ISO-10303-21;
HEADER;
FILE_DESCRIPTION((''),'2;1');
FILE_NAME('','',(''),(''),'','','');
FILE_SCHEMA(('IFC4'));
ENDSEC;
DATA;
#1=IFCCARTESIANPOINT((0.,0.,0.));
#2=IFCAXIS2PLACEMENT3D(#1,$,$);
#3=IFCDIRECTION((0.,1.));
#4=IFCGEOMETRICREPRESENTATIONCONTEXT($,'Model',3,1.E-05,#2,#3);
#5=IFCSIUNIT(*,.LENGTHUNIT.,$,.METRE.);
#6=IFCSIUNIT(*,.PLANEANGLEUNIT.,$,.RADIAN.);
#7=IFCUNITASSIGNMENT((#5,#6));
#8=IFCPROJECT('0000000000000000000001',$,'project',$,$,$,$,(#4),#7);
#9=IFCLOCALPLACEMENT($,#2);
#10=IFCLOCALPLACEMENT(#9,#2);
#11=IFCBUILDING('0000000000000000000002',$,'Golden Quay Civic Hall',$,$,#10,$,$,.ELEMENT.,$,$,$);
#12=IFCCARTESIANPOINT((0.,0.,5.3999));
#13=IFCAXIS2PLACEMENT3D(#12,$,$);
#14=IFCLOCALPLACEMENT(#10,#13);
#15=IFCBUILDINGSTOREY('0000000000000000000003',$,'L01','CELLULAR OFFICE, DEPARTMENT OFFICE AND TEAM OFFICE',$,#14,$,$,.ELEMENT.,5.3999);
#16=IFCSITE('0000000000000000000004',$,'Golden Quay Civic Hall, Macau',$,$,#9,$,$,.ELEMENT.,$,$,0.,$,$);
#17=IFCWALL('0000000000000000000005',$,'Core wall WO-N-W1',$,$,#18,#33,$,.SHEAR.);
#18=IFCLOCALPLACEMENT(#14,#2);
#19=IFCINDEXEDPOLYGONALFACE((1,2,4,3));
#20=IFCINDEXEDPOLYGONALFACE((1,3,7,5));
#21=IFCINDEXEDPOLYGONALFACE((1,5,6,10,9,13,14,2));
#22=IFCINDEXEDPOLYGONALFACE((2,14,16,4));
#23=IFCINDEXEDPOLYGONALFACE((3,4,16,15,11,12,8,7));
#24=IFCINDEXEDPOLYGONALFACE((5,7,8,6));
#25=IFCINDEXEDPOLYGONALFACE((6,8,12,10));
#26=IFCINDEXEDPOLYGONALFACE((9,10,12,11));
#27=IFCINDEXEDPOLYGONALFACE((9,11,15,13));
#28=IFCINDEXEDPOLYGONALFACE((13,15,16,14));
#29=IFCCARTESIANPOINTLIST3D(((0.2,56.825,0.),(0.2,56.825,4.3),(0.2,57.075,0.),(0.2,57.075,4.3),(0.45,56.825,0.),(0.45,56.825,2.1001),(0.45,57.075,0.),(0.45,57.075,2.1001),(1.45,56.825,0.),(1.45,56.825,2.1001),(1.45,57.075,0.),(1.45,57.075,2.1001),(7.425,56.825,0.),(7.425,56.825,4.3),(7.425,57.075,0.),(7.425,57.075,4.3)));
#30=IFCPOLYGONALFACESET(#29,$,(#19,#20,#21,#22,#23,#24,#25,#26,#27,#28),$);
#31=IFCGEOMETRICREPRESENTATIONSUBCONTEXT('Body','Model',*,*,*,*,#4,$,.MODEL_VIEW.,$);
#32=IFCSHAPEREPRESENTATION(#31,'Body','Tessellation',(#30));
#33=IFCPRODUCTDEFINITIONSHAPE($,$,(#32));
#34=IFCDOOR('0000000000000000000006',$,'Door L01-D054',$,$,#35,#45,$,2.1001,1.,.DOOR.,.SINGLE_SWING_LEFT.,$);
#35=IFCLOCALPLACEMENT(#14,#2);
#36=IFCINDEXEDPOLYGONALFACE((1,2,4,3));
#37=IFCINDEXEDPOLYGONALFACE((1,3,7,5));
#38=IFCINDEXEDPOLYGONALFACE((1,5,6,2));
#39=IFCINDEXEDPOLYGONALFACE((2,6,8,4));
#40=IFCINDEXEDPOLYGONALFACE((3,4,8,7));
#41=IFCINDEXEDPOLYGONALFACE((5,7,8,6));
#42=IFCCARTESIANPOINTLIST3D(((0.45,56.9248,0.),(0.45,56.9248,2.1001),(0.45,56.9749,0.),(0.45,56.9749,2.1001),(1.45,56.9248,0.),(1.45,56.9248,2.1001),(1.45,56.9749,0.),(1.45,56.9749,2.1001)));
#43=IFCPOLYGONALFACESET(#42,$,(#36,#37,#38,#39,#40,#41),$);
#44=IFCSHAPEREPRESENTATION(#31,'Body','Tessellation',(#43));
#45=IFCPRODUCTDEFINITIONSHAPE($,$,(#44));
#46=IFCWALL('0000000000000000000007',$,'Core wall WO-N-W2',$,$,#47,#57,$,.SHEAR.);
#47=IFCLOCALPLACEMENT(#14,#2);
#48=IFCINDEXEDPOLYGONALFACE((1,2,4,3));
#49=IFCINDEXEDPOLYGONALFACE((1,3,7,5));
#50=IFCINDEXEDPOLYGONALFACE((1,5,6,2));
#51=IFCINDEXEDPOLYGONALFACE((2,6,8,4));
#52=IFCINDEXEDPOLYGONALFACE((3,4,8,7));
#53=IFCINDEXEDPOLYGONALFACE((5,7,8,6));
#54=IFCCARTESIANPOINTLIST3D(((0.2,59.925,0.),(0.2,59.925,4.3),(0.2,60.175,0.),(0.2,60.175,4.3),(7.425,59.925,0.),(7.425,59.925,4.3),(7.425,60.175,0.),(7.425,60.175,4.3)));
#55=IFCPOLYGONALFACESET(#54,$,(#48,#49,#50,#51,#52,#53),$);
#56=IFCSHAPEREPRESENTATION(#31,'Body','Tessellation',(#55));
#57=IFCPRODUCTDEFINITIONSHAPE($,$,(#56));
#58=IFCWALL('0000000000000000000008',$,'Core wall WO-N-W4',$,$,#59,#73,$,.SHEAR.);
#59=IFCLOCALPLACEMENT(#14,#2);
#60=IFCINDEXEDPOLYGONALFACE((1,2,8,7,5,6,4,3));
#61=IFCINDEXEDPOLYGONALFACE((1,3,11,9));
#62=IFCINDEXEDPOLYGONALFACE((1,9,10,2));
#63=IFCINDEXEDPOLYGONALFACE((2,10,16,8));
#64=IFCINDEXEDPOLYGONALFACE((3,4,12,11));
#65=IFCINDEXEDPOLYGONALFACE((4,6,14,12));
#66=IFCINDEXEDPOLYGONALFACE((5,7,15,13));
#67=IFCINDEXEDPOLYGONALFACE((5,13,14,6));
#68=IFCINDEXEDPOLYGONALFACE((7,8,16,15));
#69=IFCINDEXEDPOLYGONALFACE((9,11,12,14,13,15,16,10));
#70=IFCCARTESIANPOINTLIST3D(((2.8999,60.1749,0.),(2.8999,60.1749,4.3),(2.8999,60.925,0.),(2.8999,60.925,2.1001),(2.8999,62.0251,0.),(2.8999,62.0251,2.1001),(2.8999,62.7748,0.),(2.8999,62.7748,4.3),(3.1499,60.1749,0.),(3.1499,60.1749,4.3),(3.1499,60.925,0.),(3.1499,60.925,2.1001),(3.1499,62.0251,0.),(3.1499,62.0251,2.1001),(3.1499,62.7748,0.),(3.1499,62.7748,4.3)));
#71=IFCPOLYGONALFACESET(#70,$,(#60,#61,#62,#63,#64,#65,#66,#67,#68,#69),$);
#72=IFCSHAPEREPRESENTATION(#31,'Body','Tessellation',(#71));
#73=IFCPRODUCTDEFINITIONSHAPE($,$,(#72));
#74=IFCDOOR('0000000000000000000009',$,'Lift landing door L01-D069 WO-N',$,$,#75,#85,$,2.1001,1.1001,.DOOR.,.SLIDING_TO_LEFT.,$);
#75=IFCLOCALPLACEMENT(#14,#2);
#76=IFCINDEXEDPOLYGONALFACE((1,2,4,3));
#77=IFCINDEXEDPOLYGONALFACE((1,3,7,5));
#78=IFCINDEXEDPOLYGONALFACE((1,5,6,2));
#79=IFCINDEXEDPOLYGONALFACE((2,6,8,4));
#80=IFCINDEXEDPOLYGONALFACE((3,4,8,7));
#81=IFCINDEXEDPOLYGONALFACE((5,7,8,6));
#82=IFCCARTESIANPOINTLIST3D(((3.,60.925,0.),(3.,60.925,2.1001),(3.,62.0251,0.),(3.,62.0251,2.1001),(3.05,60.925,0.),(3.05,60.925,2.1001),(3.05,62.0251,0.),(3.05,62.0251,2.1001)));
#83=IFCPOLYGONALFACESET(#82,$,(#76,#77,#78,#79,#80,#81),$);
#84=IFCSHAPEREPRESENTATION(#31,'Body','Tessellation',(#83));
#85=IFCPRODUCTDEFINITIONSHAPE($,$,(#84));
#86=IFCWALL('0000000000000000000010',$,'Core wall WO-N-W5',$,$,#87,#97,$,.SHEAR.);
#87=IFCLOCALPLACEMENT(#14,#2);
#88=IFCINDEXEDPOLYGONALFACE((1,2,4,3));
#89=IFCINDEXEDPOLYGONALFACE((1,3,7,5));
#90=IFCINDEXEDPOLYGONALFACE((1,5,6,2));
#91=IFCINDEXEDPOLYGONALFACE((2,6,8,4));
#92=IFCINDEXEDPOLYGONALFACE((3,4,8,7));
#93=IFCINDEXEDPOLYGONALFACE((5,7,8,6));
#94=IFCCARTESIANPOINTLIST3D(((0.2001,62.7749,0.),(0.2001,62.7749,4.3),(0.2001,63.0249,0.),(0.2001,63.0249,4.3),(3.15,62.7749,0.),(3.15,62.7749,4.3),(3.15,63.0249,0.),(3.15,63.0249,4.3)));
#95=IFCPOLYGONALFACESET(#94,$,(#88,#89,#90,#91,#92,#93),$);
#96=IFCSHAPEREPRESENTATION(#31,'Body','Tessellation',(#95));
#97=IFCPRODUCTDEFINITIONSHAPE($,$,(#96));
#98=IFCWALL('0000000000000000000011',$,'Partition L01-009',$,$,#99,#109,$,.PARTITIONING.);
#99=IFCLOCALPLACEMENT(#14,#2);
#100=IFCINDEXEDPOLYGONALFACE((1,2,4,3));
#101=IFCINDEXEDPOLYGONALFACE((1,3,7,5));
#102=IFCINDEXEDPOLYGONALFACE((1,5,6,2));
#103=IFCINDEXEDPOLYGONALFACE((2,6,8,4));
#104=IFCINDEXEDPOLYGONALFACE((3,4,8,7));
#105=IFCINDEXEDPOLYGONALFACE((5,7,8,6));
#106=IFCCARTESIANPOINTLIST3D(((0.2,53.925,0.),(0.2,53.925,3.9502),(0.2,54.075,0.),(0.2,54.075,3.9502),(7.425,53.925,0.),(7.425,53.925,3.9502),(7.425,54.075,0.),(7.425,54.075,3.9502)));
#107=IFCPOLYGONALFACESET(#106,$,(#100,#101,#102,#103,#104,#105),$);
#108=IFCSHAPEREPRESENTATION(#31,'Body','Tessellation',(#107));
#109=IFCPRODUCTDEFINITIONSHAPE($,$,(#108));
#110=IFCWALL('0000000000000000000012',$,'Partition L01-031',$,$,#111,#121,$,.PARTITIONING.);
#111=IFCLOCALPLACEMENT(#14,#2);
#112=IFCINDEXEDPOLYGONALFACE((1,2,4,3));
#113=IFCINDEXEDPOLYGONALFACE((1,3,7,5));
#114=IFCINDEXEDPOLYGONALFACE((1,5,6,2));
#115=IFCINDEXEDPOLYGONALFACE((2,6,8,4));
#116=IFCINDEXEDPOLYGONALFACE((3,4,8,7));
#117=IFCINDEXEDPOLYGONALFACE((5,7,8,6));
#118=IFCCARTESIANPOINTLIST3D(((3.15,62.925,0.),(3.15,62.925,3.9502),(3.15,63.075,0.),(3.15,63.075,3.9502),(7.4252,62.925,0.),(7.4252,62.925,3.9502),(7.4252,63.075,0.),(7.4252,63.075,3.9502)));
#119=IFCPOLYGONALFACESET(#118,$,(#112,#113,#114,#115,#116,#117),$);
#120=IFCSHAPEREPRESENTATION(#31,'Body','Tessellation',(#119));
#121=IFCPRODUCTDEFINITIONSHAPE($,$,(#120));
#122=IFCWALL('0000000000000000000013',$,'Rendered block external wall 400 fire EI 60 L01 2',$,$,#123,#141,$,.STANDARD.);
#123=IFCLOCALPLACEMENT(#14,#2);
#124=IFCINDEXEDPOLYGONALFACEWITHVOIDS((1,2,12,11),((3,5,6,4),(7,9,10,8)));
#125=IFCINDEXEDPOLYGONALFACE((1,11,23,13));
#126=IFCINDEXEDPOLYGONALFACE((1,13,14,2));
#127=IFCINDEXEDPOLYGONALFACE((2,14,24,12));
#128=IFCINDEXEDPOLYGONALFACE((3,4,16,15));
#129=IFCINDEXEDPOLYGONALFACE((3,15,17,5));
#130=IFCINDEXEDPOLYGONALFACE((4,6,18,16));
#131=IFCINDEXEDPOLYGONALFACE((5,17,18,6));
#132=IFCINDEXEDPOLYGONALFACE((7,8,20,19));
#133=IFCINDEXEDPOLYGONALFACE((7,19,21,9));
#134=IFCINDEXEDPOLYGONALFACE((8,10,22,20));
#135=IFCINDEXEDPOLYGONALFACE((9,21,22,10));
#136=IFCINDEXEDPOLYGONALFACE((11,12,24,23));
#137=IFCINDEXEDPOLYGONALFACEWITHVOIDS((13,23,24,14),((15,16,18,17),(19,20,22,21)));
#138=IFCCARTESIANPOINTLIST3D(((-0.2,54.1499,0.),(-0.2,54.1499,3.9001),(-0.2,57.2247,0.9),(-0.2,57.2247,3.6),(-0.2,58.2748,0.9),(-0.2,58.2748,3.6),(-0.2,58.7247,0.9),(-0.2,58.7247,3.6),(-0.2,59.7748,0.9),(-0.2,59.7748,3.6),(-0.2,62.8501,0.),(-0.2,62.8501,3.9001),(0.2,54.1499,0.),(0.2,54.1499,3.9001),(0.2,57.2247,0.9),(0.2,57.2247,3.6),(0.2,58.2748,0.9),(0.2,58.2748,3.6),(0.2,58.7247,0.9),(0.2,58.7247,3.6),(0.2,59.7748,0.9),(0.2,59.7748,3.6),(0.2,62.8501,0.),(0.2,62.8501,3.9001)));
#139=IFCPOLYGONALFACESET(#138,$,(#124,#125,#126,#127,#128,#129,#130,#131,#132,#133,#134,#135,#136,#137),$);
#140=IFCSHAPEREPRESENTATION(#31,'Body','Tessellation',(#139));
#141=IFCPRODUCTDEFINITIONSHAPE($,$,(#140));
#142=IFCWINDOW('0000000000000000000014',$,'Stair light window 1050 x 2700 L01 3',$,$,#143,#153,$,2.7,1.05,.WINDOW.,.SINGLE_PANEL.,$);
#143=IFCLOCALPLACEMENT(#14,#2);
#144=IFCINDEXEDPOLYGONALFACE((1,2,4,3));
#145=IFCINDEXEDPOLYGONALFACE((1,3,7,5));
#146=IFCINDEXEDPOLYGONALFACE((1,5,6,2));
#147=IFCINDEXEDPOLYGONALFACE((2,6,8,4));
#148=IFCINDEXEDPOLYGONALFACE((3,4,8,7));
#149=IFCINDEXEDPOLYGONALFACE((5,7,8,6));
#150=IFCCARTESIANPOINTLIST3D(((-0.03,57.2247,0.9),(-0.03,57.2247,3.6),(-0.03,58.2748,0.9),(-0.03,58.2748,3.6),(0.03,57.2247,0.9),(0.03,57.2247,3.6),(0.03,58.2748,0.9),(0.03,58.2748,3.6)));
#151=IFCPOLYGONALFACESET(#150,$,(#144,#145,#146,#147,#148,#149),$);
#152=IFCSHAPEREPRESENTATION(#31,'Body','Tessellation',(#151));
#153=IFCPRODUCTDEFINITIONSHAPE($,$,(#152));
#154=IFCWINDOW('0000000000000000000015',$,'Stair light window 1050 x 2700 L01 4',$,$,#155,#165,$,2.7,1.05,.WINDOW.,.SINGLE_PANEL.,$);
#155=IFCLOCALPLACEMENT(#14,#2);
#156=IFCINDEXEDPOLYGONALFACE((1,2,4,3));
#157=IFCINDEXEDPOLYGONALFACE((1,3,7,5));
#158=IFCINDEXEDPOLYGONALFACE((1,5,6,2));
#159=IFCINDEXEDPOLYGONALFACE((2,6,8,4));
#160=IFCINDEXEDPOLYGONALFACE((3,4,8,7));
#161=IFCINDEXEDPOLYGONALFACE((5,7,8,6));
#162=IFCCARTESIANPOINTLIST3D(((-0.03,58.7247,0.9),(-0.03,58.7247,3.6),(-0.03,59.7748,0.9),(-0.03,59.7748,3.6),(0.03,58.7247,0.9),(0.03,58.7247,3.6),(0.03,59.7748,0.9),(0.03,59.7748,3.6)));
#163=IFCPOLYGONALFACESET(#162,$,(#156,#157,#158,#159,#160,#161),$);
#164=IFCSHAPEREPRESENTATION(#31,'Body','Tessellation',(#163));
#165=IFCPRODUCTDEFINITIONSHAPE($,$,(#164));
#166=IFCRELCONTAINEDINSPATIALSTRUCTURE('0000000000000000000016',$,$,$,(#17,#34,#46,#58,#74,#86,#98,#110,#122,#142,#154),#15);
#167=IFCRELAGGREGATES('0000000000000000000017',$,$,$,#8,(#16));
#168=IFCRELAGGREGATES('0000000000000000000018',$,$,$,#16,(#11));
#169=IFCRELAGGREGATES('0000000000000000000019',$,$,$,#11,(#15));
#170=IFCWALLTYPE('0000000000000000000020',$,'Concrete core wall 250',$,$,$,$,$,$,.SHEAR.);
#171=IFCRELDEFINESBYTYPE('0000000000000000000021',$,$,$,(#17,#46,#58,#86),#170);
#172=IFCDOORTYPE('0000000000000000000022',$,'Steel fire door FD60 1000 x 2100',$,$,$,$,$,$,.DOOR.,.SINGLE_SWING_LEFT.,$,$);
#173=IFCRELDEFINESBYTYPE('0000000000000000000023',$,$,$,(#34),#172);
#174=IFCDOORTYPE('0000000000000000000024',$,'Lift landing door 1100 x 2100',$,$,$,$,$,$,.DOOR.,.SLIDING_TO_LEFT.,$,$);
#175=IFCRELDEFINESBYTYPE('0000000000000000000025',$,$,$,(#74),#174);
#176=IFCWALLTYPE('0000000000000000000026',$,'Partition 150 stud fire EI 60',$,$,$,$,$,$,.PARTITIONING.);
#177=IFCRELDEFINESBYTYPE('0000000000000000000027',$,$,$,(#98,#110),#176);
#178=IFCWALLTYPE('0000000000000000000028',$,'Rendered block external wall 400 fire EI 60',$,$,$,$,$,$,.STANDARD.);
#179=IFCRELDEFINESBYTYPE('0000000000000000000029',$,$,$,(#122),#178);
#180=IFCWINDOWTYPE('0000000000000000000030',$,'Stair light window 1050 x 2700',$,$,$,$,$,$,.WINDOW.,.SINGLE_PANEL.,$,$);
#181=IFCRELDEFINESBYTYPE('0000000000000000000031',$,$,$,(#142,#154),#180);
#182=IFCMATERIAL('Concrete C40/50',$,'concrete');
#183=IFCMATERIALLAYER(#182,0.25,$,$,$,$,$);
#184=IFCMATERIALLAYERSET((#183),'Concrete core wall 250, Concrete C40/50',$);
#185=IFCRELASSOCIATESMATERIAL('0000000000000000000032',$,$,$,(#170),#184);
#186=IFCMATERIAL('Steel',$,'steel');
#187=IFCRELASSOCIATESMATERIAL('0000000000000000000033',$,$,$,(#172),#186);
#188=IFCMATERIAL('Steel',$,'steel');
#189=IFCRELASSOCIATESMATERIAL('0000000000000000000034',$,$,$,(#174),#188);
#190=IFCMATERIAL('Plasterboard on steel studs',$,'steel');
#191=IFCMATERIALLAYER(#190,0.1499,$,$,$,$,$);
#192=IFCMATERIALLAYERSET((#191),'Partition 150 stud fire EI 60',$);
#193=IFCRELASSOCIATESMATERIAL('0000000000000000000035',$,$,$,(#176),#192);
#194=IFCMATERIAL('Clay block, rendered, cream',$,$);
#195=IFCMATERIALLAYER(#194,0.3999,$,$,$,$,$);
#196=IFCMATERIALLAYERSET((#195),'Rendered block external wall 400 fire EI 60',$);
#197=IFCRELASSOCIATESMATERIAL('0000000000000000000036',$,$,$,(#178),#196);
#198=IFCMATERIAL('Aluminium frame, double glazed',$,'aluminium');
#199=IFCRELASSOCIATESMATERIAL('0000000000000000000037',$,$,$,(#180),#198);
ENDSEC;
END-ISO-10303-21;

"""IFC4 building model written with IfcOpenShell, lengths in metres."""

from ifc_helpers import new_model, si_unit, direction, frame, frame_2d, origin, place, context, subcontext, project, spatial, rectangle, extrude, material, layer, layer_set, type_object, element, fill, save


model = new_model("IFC4")

# Units and contexts
model_context = context("Model", 3, precision=1e-05, world=origin(), true_north=direction((0.0, 1.0)))
body_context = subcontext(model_context, "Body", "Model", "MODEL_VIEW")
ifc_project = project(units=[si_unit("LENGTHUNIT", "METRE"), si_unit("PLANEANGLEUNIT", "RADIAN")], contexts=[model_context])

# Site, building, storey
site_placement = place(None, origin())
site = spatial("IfcSite", under=ifc_project, at=site_placement, Name="Golden Quay Civic Hall, Macau", CompositionType="ELEMENT", RefElevation=0.0)
building_placement = place(site_placement, origin())
building = spatial("IfcBuilding", under=site, at=building_placement, Name="Golden Quay Civic Hall", CompositionType="ELEMENT")
storey_placement = place(building_placement, frame((0.0, 0.0, 5.3999)))
storey = spatial("IfcBuildingStorey", under=building, at=storey_placement, Name="L01", Description="CELLULAR OFFICE, DEPARTMENT OFFICE AND TEAM OFFICE", CompositionType="ELEMENT", Elevation=5.3999)

# Wall, opening, door
ifc_material_1 = material(Name="Concrete C40/50", Category="concrete")
ifc_layer_1 = layer(ifc_material_1, 0.25)
ifc_layer_set_1 = layer_set([ifc_layer_1], Name="Concrete core wall 250, Concrete C40/50")
wall_type_1 = type_object("IfcWallType", Name="Concrete core wall 250", PredefinedType="SHEAR", material=ifc_layer_set_1)
wall_1_placement = place(storey_placement, frame((0.2, 56.95, 0.0), z_axis=(0.0, 0.0, 1.0), x_axis=(1.0, 0.0, 0.0)))
wall_1 = element("IfcWall", 1, at=wall_1_placement, inside=storey, type_object=wall_type_1, Name="Core wall WO-N-W1", PredefinedType="SHEAR", context=body_context, shape_type="SweptSolid", body=[
    extrude(rectangle(XDim=7.2251, YDim=0.25, at=frame_2d((3.6125, 0.0))), origin(), (0.0, 0.0, 1.0), 4.3),
])
opening_1_placement = place(wall_1_placement, frame((0.25, 0.0, 0.0)))
opening_1 = element("IfcOpeningElement", 2, at=opening_1_placement, cuts=wall_1, PredefinedType="OPENING", context=body_context, shape_type="SweptSolid", body=[
    extrude(rectangle(XDim=1.0, YDim=2.1001, at=frame_2d((0.5, 1.05))), frame((0.0, 0.135, 0.0), z_axis=(0.0, -1.0, 0.0), x_axis=(1.0, 0.0, 0.0)), (0.0, 0.0, 1.0), 0.27),
])
ifc_material_2 = material(Name="Steel", Category="steel")
door_type_1 = type_object("IfcDoorType", Name="Steel fire door FD60 1000 x 2100", OperationType="SINGLE_SWING_LEFT", PredefinedType="DOOR", material=ifc_material_2)
door_1_placement = place(opening_1_placement, origin())
door_1 = element("IfcDoor", 3, at=door_1_placement, inside=storey, type_object=door_type_1, Name="Door L01-D054", OperationType="SINGLE_SWING_LEFT", OverallHeight=2.1001, OverallWidth=1.0, PredefinedType="DOOR", context=body_context, shape_type="SweptSolid", body=[
    extrude(rectangle(XDim=1.0, YDim=2.1001, at=frame_2d((0.5, 1.05))), frame((0.0, 0.0249, 0.0), z_axis=(0.0, -1.0, 0.0), x_axis=(1.0, 0.0, 0.0)), (0.0, 0.0, 1.0), 0.05),
])
fill(opening_1, door_1)

# Wall
wall_2_placement = place(storey_placement, frame((0.2, 60.05, 0.0), z_axis=(0.0, 0.0, 1.0), x_axis=(1.0, 0.0, 0.0)))
element("IfcWall", 4, at=wall_2_placement, inside=storey, type_object=wall_type_1, Name="Core wall WO-N-W2", PredefinedType="SHEAR", context=body_context, shape_type="SweptSolid", body=[
    extrude(rectangle(XDim=7.2251, YDim=0.25, at=frame_2d((3.6125, 0.0))), origin(), (0.0, 0.0, 1.0), 4.3),
])

# Wall, opening, door
wall_3_placement = place(storey_placement, frame((3.0249, 60.175, 0.0), z_axis=(0.0, 0.0, 1.0), x_axis=(0.0, 1.0, 0.0)))
wall_3 = element("IfcWall", 5, at=wall_3_placement, inside=storey, type_object=wall_type_1, Name="Core wall WO-N-W4", PredefinedType="SHEAR", context=body_context, shape_type="SweptSolid", body=[
    extrude(rectangle(XDim=2.5999, YDim=0.25, at=frame_2d((1.2998, 0.0))), origin(), (0.0, 0.0, 1.0), 4.3),
])
opening_2_placement = place(wall_3_placement, frame((0.75, 0.0, 0.0)))
opening_2 = element("IfcOpeningElement", 6, at=opening_2_placement, cuts=wall_3, PredefinedType="OPENING", context=body_context, shape_type="SweptSolid", body=[
    extrude(rectangle(XDim=1.1001, YDim=2.1001, at=frame_2d((0.55, 1.05))), frame((0.0, 0.135, 0.0), z_axis=(0.0, -1.0, 0.0), x_axis=(1.0, 0.0, 0.0)), (0.0, 0.0, 1.0), 0.27),
])
ifc_material_3 = material(Name="Steel", Category="steel")
door_type_2 = type_object("IfcDoorType", Name="Lift landing door 1100 x 2100", OperationType="SLIDING_TO_LEFT", PredefinedType="DOOR", material=ifc_material_3)
door_2_placement = place(opening_2_placement, origin())
door_2 = element("IfcDoor", 7, at=door_2_placement, inside=storey, type_object=door_type_2, Name="Lift landing door L01-D069 WO-N", OperationType="SLIDING_TO_LEFT", OverallHeight=2.1001, OverallWidth=1.1001, PredefinedType="DOOR", context=body_context, shape_type="SweptSolid", body=[
    extrude(rectangle(XDim=1.1001, YDim=2.1001, at=frame_2d((0.55, 1.05))), frame((0.0, 0.0249, 0.0), z_axis=(0.0, -1.0, 0.0), x_axis=(1.0, 0.0, 0.0)), (0.0, 0.0, 1.0), 0.05),
])
fill(opening_2, door_2)

# Walls
wall_4_placement = place(storey_placement, frame((0.2, 62.8999, 0.0), z_axis=(0.0, 0.0, 1.0), x_axis=(1.0, 0.0, 0.0)))
element("IfcWall", 8, at=wall_4_placement, inside=storey, type_object=wall_type_1, Name="Core wall WO-N-W5", PredefinedType="SHEAR", context=body_context, shape_type="SweptSolid", body=[
    extrude(rectangle(XDim=2.95, YDim=0.25, at=frame_2d((1.4751, 0.0))), origin(), (0.0, 0.0, 1.0), 4.3),
])
ifc_material_4 = material(Name="Plasterboard on steel studs", Category="steel")
ifc_layer_2 = layer(ifc_material_4, 0.1499)
ifc_layer_set_2 = layer_set([ifc_layer_2], Name="Partition 150 stud fire EI 60")
wall_type_2 = type_object("IfcWallType", Name="Partition 150 stud fire EI 60", PredefinedType="PARTITIONING", material=ifc_layer_set_2)
wall_5_placement = place(storey_placement, frame((0.2, 54.0, 0.0), z_axis=(0.0, 0.0, 1.0), x_axis=(1.0, 0.0, 0.0)))
element("IfcWall", 9, at=wall_5_placement, inside=storey, type_object=wall_type_2, Name="Partition L01-009", PredefinedType="PARTITIONING", context=body_context, shape_type="SweptSolid", body=[
    extrude(rectangle(XDim=7.2251, YDim=0.1499, at=frame_2d((3.6125, 0.0))), origin(), (0.0, 0.0, 1.0), 3.9502),
])
wall_6_placement = place(storey_placement, frame((3.1499, 63.0, 0.0), z_axis=(0.0, 0.0, 1.0), x_axis=(1.0, 0.0, 0.0)))
element("IfcWall", 10, at=wall_6_placement, inside=storey, type_object=wall_type_2, Name="Partition L01-031", PredefinedType="PARTITIONING", context=body_context, shape_type="SweptSolid", body=[
    extrude(rectangle(XDim=4.2751, YDim=0.1499, at=frame_2d((2.1377, 0.0))), origin(), (0.0, 0.0, 1.0), 3.9502),
])

# Wall, openings, windows
ifc_material_5 = material(Name="Clay block, rendered, cream")
ifc_layer_3 = layer(ifc_material_5, 0.3999)
ifc_layer_set_3 = layer_set([ifc_layer_3], Name="Rendered block external wall 400 fire EI 60")
wall_type_3 = type_object("IfcWallType", Name="Rendered block external wall 400 fire EI 60", PredefinedType="STANDARD", material=ifc_layer_set_3)
wall_7_placement = place(storey_placement, frame((0.0, 54.1499, 0.0), z_axis=(0.0, 0.0, 1.0), x_axis=(0.0, 1.0, 0.0)))
wall_7 = element("IfcWall", 11, at=wall_7_placement, inside=storey, type_object=wall_type_3, Name="Rendered block external wall 400 fire EI 60 L01 2", PredefinedType="STANDARD", context=body_context, shape_type="SweptSolid", body=[
    extrude(rectangle(XDim=8.7002, YDim=0.3999, at=frame_2d((4.3501, 0.0))), origin(), (0.0, 0.0, 1.0), 3.9001),
])
opening_3_placement = place(wall_7_placement, frame((3.075, 0.0, 0.8999)))
opening_3 = element("IfcOpeningElement", 12, at=opening_3_placement, cuts=wall_7, PredefinedType="OPENING", context=body_context, shape_type="SweptSolid", body=[
    extrude(rectangle(XDim=1.05, YDim=2.7, at=frame_2d((0.5249, 1.3501))), frame((0.0, 0.21, 0.0), z_axis=(0.0, -1.0, 0.0), x_axis=(1.0, 0.0, 0.0)), (0.0, 0.0, 1.0), 0.4199),
])
opening_4_placement = place(wall_7_placement, frame((4.575, 0.0, 0.8999)))
opening_4 = element("IfcOpeningElement", 13, at=opening_4_placement, cuts=wall_7, PredefinedType="OPENING", context=body_context, shape_type="SweptSolid", body=[
    extrude(rectangle(XDim=1.05, YDim=2.7, at=frame_2d((0.5249, 1.3501))), frame((0.0, 0.21, 0.0), z_axis=(0.0, -1.0, 0.0), x_axis=(1.0, 0.0, 0.0)), (0.0, 0.0, 1.0), 0.4199),
])
ifc_material_6 = material(Name="Aluminium frame, double glazed", Category="aluminium")
window_type = type_object("IfcWindowType", Name="Stair light window 1050 x 2700", PartitioningType="SINGLE_PANEL", PredefinedType="WINDOW", material=ifc_material_6)
window_1_placement = place(opening_3_placement, origin())
window_1 = element("IfcWindow", 14, at=window_1_placement, inside=storey, type_object=window_type, Name="Stair light window 1050 x 2700 L01 3", OverallHeight=2.7, OverallWidth=1.05, PartitioningType="SINGLE_PANEL", PredefinedType="WINDOW", context=body_context, shape_type="SweptSolid", body=[
    extrude(rectangle(XDim=1.05, YDim=2.7, at=frame_2d((0.5249, 1.3501))), frame((0.0, 0.03, 0.0), z_axis=(0.0, -1.0, 0.0), x_axis=(1.0, 0.0, 0.0)), (0.0, 0.0, 1.0), 0.0601),
])
fill(opening_3, window_1)
window_2_placement = place(opening_4_placement, origin())
window_2 = element("IfcWindow", 15, at=window_2_placement, inside=storey, type_object=window_type, Name="Stair light window 1050 x 2700 L01 4", OverallHeight=2.7, OverallWidth=1.05, PartitioningType="SINGLE_PANEL", PredefinedType="WINDOW", context=body_context, shape_type="SweptSolid", body=[
    extrude(rectangle(XDim=1.05, YDim=2.7, at=frame_2d((0.5249, 1.3501))), frame((0.0, 0.03, 0.0), z_axis=(0.0, -1.0, 0.0), x_axis=(1.0, 0.0, 0.0)), (0.0, 0.0, 1.0), 0.0601),
])
fill(opening_4, window_2)

save(model, "model.ifc")
